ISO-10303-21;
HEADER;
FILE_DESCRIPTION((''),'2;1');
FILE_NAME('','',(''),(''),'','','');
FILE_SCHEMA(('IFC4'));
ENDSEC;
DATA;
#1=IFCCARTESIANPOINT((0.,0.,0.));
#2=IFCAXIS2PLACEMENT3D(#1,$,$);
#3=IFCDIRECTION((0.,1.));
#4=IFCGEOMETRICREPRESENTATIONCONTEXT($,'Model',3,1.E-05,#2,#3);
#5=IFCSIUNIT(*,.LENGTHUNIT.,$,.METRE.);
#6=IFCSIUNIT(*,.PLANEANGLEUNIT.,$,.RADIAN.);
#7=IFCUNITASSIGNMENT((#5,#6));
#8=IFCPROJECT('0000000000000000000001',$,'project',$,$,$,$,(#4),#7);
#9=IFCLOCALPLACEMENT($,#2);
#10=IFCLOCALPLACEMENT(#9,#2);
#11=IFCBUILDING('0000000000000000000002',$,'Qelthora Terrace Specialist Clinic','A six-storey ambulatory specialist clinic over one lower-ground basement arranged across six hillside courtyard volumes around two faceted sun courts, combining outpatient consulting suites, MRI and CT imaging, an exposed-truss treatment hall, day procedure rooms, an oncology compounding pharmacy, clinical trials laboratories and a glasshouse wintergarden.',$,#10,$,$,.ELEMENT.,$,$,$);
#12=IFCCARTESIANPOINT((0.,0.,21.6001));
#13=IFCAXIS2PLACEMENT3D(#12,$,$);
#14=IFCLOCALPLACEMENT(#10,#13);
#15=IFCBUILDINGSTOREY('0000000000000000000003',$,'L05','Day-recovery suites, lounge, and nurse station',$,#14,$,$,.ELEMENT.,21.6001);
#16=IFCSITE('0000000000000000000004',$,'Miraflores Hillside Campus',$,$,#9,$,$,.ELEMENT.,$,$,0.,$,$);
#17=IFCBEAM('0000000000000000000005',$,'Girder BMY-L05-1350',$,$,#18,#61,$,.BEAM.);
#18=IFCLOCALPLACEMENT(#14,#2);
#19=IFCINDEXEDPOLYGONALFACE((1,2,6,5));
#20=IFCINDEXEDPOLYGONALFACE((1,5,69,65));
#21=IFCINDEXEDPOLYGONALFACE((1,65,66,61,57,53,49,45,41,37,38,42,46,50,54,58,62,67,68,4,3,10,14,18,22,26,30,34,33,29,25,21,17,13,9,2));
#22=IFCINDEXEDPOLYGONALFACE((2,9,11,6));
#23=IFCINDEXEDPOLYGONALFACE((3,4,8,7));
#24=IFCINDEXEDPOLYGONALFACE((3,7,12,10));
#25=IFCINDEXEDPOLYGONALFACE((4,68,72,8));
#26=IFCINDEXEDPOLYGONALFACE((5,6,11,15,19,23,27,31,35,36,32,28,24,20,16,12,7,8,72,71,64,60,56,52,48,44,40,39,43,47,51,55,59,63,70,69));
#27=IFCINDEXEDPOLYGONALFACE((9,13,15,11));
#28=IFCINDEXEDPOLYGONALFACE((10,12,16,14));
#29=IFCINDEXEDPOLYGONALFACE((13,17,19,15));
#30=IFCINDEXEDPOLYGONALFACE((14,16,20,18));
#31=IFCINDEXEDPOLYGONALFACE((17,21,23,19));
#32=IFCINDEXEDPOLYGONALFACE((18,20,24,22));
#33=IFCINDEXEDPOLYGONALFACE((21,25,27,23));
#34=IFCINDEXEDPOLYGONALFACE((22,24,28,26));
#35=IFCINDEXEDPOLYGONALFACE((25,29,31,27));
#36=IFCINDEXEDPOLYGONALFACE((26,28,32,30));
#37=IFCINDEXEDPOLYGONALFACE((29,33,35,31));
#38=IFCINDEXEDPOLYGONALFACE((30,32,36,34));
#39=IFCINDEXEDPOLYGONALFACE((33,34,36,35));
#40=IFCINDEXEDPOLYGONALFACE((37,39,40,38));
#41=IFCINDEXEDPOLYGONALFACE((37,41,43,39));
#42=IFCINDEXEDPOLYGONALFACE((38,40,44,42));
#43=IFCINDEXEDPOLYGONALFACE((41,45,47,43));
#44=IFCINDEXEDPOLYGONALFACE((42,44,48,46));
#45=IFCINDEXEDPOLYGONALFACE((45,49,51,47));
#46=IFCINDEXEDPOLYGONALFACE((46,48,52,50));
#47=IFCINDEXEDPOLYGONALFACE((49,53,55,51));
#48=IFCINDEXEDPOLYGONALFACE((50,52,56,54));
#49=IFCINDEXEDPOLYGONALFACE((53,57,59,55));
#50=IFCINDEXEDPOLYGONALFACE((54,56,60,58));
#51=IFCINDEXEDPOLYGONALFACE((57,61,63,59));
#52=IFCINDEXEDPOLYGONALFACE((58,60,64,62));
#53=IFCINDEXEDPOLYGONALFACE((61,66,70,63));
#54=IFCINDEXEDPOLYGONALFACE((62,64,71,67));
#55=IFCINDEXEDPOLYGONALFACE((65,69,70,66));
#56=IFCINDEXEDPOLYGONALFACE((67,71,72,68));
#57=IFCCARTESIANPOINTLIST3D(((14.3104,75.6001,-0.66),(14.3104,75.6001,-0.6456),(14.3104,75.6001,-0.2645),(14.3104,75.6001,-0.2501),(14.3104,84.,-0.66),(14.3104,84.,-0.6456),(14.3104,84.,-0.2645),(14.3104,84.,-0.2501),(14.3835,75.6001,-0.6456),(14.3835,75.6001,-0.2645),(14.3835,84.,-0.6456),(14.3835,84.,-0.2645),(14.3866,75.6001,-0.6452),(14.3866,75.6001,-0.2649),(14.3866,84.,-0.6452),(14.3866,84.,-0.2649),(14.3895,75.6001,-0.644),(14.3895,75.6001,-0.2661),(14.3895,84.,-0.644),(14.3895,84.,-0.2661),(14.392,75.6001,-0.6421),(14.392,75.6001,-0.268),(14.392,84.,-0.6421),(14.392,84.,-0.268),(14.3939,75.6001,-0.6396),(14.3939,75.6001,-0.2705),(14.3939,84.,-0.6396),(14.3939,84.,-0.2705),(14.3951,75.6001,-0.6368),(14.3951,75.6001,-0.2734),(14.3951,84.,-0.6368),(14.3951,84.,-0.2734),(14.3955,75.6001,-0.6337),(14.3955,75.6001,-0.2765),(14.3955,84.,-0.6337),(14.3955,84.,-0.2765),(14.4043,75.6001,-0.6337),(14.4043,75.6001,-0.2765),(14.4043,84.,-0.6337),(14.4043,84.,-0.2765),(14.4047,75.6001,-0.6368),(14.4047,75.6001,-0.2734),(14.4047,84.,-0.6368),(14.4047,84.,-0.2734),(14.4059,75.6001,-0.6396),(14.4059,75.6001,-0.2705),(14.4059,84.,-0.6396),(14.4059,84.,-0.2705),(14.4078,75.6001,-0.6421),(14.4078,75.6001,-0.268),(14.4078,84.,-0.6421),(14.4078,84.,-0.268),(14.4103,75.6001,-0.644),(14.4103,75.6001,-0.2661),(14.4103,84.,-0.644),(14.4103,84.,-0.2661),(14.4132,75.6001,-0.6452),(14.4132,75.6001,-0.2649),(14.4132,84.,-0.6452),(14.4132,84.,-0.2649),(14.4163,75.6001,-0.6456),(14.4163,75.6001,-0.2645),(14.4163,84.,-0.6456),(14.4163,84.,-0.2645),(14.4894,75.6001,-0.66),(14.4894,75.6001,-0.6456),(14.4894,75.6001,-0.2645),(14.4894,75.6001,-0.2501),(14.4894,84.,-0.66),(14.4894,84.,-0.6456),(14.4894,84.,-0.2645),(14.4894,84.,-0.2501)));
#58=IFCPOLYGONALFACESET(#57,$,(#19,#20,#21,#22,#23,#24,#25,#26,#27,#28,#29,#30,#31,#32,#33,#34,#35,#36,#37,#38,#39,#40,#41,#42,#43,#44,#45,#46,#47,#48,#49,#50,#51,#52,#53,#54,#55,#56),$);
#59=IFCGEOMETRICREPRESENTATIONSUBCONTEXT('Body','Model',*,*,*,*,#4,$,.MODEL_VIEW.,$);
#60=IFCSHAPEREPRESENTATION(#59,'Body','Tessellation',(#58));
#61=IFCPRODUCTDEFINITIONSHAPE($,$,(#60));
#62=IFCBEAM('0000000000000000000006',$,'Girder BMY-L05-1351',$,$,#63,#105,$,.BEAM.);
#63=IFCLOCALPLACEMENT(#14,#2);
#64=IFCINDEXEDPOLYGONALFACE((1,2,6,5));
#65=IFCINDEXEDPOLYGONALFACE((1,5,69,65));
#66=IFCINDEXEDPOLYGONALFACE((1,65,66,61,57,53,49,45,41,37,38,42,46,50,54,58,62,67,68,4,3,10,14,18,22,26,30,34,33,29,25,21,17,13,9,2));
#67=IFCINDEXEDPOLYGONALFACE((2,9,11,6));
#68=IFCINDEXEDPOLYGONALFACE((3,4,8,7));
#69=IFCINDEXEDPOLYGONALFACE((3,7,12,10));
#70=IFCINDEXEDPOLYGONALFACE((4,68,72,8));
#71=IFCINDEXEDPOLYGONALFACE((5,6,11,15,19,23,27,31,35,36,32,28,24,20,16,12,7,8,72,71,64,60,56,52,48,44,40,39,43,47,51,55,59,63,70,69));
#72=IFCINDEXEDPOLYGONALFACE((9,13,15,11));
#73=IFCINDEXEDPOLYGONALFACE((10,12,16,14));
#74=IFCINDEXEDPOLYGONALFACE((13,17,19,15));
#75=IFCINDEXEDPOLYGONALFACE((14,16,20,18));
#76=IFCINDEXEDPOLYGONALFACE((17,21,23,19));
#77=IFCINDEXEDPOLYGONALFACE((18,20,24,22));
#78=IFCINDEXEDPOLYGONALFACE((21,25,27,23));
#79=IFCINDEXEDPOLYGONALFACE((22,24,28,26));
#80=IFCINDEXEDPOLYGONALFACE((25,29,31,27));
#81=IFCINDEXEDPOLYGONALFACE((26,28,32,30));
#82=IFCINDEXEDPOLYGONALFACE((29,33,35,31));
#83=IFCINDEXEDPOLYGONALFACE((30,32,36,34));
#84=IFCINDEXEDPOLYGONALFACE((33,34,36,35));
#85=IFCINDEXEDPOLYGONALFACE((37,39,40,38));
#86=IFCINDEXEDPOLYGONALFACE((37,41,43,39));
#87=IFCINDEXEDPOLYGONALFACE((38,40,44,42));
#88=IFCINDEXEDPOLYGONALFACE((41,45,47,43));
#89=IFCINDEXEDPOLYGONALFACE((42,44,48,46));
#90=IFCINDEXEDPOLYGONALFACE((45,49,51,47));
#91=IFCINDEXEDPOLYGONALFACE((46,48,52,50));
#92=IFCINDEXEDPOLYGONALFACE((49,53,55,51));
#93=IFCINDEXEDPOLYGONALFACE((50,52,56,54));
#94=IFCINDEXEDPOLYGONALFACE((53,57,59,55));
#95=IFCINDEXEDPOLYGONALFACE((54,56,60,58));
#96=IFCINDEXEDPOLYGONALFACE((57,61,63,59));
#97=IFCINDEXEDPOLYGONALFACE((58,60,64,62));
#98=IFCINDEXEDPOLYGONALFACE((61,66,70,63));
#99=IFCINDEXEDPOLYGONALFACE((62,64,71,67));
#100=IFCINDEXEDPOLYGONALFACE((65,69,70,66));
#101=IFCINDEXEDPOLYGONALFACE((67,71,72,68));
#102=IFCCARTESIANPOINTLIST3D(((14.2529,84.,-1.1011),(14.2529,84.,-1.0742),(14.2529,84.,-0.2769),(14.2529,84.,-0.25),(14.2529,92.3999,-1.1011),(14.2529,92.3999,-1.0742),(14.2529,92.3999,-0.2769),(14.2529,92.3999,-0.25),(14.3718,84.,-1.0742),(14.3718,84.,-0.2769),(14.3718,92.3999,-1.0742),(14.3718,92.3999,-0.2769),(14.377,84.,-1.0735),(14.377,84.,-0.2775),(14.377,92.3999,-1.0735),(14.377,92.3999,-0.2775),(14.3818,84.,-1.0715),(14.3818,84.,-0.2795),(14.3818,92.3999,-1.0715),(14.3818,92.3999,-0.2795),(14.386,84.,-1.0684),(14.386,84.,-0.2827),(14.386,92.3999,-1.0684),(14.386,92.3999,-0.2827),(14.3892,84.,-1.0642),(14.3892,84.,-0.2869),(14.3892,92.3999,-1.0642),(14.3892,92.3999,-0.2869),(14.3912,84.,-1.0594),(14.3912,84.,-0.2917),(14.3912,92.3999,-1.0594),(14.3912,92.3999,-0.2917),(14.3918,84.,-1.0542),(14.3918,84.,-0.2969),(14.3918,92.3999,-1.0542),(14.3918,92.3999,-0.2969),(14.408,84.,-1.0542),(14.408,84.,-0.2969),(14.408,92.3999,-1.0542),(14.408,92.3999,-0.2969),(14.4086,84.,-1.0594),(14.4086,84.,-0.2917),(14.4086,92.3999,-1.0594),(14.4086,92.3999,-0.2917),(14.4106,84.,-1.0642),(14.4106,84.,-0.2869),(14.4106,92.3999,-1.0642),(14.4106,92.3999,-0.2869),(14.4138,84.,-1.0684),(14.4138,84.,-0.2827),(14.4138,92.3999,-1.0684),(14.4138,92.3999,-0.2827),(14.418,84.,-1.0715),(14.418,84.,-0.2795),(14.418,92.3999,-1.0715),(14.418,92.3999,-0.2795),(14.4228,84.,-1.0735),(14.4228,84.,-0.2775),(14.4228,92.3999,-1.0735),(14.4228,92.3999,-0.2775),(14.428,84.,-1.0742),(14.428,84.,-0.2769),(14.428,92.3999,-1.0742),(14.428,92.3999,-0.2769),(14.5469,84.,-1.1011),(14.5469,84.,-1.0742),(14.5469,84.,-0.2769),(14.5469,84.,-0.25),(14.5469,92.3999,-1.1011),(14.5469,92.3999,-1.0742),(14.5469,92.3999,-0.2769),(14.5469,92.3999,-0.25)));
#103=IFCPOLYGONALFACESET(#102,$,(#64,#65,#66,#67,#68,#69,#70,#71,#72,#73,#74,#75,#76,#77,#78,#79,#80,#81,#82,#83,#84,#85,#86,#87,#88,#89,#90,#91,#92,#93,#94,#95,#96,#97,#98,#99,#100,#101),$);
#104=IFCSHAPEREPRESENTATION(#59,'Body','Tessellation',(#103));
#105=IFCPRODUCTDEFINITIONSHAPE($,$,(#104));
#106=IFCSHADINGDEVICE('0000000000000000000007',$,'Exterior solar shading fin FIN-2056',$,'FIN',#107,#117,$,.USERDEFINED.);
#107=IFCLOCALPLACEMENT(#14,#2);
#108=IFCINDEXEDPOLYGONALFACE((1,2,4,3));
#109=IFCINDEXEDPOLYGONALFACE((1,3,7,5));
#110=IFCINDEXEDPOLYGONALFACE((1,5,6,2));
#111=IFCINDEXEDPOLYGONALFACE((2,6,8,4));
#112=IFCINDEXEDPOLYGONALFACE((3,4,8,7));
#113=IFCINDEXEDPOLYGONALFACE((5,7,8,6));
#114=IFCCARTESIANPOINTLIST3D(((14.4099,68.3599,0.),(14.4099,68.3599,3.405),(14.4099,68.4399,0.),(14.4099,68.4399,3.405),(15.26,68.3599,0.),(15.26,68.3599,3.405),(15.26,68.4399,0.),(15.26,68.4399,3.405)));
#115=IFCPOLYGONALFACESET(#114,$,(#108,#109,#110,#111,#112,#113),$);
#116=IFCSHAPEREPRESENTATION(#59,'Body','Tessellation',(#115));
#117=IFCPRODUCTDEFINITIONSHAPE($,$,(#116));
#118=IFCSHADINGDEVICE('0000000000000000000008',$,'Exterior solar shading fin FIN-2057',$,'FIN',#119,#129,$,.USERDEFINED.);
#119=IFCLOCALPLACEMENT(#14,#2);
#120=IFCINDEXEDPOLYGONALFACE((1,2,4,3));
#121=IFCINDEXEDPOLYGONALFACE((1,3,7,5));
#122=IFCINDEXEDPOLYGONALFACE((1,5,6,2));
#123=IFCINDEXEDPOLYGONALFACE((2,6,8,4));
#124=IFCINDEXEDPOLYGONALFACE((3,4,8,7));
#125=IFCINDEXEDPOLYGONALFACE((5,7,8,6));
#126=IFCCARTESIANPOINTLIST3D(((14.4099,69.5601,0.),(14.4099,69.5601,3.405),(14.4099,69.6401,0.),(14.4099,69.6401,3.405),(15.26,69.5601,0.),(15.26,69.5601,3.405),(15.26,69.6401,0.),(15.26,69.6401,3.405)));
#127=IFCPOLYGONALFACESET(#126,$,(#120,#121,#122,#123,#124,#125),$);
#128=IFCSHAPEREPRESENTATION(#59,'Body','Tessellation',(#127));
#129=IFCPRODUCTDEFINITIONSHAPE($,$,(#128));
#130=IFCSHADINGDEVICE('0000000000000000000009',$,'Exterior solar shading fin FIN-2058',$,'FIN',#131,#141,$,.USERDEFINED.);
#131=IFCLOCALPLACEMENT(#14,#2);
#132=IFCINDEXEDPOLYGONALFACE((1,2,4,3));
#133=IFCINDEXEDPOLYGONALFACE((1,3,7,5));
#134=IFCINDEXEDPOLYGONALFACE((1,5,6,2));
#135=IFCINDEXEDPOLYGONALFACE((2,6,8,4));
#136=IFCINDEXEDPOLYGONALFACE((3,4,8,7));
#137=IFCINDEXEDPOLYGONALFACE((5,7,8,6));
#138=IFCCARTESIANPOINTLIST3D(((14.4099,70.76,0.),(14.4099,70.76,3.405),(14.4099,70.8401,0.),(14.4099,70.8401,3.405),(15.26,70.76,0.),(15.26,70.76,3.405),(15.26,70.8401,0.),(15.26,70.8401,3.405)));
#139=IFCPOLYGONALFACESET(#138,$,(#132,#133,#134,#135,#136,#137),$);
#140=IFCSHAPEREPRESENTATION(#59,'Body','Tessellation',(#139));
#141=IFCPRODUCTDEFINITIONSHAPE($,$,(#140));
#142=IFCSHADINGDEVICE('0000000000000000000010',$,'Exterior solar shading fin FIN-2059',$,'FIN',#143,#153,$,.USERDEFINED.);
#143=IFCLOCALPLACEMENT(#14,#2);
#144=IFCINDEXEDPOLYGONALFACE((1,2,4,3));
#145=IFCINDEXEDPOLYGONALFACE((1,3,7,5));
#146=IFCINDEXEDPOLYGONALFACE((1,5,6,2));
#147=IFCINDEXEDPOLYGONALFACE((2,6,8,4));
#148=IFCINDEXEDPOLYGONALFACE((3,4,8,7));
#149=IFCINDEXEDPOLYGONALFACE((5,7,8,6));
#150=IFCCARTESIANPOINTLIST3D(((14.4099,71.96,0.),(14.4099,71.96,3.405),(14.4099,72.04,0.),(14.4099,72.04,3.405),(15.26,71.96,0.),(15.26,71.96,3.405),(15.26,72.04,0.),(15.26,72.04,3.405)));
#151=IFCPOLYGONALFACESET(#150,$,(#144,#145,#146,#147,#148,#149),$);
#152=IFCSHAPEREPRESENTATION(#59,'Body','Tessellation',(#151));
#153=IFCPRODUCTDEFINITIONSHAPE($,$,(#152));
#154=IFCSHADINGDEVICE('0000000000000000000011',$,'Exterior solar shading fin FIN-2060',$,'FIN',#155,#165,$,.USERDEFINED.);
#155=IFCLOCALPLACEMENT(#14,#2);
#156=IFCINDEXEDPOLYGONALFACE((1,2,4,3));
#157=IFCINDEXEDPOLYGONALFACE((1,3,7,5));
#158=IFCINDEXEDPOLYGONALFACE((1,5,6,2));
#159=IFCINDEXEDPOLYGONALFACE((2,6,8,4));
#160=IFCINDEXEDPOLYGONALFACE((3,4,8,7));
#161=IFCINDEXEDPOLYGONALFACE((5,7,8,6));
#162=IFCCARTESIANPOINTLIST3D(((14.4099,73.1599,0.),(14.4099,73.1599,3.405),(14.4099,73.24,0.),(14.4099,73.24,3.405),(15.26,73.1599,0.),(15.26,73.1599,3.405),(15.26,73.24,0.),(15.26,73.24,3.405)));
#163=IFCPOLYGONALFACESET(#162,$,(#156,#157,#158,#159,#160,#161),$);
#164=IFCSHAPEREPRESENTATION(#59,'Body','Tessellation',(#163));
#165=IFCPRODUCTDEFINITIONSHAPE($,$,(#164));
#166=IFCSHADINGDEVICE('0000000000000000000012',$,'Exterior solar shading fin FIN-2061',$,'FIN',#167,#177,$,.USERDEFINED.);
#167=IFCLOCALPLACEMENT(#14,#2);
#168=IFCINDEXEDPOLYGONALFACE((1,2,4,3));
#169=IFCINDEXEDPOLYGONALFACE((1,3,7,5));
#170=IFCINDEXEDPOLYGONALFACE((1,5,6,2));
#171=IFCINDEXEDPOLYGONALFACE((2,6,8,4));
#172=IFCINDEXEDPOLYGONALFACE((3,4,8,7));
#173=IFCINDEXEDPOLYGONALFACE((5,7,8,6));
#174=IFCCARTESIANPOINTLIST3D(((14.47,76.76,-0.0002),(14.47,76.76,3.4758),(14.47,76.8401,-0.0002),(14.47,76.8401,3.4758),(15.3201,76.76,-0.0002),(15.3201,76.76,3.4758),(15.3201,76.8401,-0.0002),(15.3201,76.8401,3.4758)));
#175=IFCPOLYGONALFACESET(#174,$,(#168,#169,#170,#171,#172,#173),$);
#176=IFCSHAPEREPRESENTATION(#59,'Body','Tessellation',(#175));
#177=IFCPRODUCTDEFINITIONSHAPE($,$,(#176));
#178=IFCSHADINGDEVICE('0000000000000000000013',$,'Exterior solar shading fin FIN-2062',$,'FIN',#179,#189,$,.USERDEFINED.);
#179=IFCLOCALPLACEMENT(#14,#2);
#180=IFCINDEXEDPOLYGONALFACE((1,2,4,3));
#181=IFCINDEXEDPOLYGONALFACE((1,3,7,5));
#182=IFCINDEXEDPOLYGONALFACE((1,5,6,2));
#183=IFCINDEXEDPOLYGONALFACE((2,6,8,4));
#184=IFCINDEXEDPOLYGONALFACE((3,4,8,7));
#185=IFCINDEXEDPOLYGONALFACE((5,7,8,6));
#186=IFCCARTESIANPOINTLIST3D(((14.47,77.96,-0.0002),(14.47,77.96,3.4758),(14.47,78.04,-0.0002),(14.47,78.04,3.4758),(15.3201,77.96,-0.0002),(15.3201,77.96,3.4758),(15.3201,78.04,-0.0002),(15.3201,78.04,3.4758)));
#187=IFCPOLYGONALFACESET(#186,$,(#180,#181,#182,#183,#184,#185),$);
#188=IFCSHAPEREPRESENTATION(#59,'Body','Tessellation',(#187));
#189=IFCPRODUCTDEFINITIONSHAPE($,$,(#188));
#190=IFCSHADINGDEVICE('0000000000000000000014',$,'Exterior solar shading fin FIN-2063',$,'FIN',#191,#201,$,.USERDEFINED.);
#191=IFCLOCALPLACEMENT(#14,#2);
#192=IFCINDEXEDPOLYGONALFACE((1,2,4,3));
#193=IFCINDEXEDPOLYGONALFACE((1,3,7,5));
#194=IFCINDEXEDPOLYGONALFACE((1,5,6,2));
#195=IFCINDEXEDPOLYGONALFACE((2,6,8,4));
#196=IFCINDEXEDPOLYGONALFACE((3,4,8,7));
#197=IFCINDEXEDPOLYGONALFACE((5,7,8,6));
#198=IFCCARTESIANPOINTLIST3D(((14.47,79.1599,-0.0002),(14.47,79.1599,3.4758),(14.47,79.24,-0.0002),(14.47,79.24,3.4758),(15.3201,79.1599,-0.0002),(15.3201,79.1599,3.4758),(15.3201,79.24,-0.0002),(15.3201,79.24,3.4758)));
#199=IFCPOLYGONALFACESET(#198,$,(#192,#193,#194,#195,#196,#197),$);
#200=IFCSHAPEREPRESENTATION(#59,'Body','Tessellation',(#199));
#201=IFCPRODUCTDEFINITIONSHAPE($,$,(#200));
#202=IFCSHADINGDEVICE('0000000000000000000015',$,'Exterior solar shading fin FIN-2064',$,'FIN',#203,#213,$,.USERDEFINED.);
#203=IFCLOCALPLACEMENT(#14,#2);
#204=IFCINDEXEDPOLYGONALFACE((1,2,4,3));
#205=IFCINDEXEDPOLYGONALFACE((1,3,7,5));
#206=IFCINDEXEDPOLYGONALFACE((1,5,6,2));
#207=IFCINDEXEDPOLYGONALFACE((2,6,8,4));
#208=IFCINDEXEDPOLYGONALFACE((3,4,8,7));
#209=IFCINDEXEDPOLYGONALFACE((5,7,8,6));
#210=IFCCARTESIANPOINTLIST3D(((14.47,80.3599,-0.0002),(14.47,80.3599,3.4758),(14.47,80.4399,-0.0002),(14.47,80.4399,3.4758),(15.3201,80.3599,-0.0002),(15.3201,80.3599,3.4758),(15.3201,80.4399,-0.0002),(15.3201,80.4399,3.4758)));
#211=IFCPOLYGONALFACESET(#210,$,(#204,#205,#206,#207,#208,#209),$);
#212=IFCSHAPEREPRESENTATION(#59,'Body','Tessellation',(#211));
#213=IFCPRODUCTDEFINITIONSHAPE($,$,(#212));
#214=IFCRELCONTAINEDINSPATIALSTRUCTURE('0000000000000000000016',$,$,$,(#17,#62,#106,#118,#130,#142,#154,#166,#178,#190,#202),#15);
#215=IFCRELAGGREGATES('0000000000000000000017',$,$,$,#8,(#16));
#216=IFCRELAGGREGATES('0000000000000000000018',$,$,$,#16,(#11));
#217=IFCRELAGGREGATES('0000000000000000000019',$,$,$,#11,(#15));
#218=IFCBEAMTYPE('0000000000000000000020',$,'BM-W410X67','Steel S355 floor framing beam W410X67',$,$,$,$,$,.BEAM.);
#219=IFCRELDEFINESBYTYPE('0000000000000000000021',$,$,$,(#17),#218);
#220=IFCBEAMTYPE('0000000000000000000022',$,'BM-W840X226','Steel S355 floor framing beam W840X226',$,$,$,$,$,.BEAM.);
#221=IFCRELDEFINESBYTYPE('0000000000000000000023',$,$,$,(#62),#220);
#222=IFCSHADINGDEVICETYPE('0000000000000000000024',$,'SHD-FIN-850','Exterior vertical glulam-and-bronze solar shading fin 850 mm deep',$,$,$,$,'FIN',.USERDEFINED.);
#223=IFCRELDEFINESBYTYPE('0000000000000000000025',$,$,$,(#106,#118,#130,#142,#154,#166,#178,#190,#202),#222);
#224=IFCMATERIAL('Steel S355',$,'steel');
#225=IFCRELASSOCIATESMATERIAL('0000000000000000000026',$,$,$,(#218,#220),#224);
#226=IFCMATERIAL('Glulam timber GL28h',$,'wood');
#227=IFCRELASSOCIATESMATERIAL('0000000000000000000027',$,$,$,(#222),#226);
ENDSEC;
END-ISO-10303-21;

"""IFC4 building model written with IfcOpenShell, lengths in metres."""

from ifc_helpers import new_model, si_unit, direction, frame, origin, origin_2d, place, context, subcontext, project, spatial, rectangle, i_section, extrude, material, material_profile, profile_set, type_object, element, save


model = new_model("IFC4")

# Units and contexts
model_context = context("Model", 3, precision=1e-05, world=origin(), true_north=direction((0.0, 1.0)))
body_context = subcontext(model_context, "Body", "Model", "MODEL_VIEW")
ifc_project = project(units=[si_unit("LENGTHUNIT", "METRE"), si_unit("PLANEANGLEUNIT", "RADIAN")], contexts=[model_context])

# Site, building, storey
site_placement = place(None, origin())
site = spatial("IfcSite", under=ifc_project, at=site_placement, Name="Miraflores Hillside Campus", CompositionType="ELEMENT", RefElevation=0.0)
building_placement = place(site_placement, origin())
building = spatial("IfcBuilding", under=site, at=building_placement, Name="Qelthora Terrace Specialist Clinic", Description="A six-storey ambulatory specialist clinic over one lower-ground basement arranged across six hillside courtyard volumes around two faceted sun courts, combining outpatient consulting suites, MRI and CT imaging, an exposed-truss treatment hall, day procedure rooms, an oncology compounding pharmacy, clinical trials laboratories and a glasshouse wintergarden.", CompositionType="ELEMENT")
storey_placement = place(building_placement, frame((0.0, 0.0, 21.6001)))
storey = spatial("IfcBuildingStorey", under=building, at=storey_placement, Name="L05", Description="Day-recovery suites, lounge, and nurse station", CompositionType="ELEMENT", Elevation=21.6001)

# Shared definitions
ifc_material_1 = material(Name="Steel S355", Category="steel")

# Beams
ifc_material_profile_1 = material_profile(ifc_material_1, i_section(OverallWidth=0.179, OverallDepth=0.4099, WebThickness=0.0088, FlangeThickness=0.0144, FilletRadius=0.012, at=origin_2d()), Name="W410X67")
ifc_profile_set_1 = profile_set([ifc_material_profile_1], Name="Steel S355")
beam_type_1 = type_object("IfcBeamType", Name="BM-W410X67", Description="Steel S355 floor framing beam W410X67", PredefinedType="BEAM", material=ifc_profile_set_1)
beam_1_placement = place(storey_placement, frame((14.3999, 75.6001, -0.4551), z_axis=(0.0, 1.0, 0.0), x_axis=(-1.0, 0.0, 0.0)))
element("IfcBeam", 1, at=beam_1_placement, inside=storey, type_object=beam_type_1, Name="Girder BMY-L05-1350", PredefinedType="BEAM", context=body_context, shape_type="SweptSolid", body=[
    extrude(i_section(OverallWidth=0.179, OverallDepth=0.4099, WebThickness=0.0088, FlangeThickness=0.0144, FilletRadius=0.012, at=origin_2d()), origin(), (0.0, 0.0, 1.0), 8.3999),
])
ifc_material_profile_2 = material_profile(ifc_material_1, i_section(OverallWidth=0.2939, OverallDepth=0.8511, WebThickness=0.0161, FlangeThickness=0.0269, FilletRadius=0.02, at=origin_2d()), Name="W840X226")
ifc_profile_set_2 = profile_set([ifc_material_profile_2], Name="Steel S355")
beam_type_2 = type_object("IfcBeamType", Name="BM-W840X226", Description="Steel S355 floor framing beam W840X226", PredefinedType="BEAM", material=ifc_profile_set_2)
beam_2_placement = place(storey_placement, frame((14.3999, 84.0, -0.6755), z_axis=(0.0, 1.0, 0.0), x_axis=(-1.0, 0.0, 0.0)))
element("IfcBeam", 2, at=beam_2_placement, inside=storey, type_object=beam_type_2, Name="Girder BMY-L05-1351", PredefinedType="BEAM", context=body_context, shape_type="SweptSolid", body=[
    extrude(i_section(OverallWidth=0.2939, OverallDepth=0.8511, WebThickness=0.0161, FlangeThickness=0.0269, FilletRadius=0.02, at=origin_2d()), origin(), (0.0, 0.0, 1.0), 8.3999),
])

# Shading devices
ifc_material_2 = material(Name="Glulam timber GL28h", Category="wood")
shading_device_type = type_object("IfcShadingDeviceType", Name="SHD-FIN-850", Description="Exterior vertical glulam-and-bronze solar shading fin 850 mm deep", ElementType="FIN", PredefinedType="USERDEFINED", material=ifc_material_2)
for number, where, z_axis, x_axis, name in (
    (3, (14.835, 68.3999, 0.0), (0.0, 0.0, 1.0), (1.0, 0.0, 0.0), "Exterior solar shading fin FIN-2056"),
    (4, (14.835, 69.6001, 0.0), (0.0, 0.0, 1.0), (1.0, 0.0, 0.0), "Exterior solar shading fin FIN-2057"),
    (5, (14.835, 70.8, 0.0), (0.0, 0.0, 1.0), (1.0, 0.0, 0.0), "Exterior solar shading fin FIN-2058"),
    (6, (14.835, 72.0, 0.0), (0.0, 0.0, 1.0), (1.0, 0.0, 0.0), "Exterior solar shading fin FIN-2059"),
    (7, (14.835, 73.2, 0.0), (0.0, 0.0, 1.0), (1.0, 0.0, 0.0), "Exterior solar shading fin FIN-2060"),
):
    element("IfcShadingDevice", number, at=place(storey_placement, frame(where, z_axis=z_axis, x_axis=x_axis)), inside=storey, type_object=shading_device_type, Name=name, ObjectType="FIN", PredefinedType="USERDEFINED", context=body_context, shape_type="SweptSolid", body=[
        extrude(rectangle(XDim=0.8501, YDim=0.0801, at=origin_2d()), origin(), (0.0, 0.0, 1.0), 3.405),
    ])
for number, where, z_axis, x_axis, name in (
    (8, (14.895, 76.8, -0.0002), (0.0, 0.0, 1.0), (1.0, 0.0, 0.0), "Exterior solar shading fin FIN-2061"),
    (9, (14.895, 78.0, -0.0002), (0.0, 0.0, 1.0), (1.0, 0.0, 0.0), "Exterior solar shading fin FIN-2062"),
    (10, (14.895, 79.2, -0.0002), (0.0, 0.0, 1.0), (1.0, 0.0, 0.0), "Exterior solar shading fin FIN-2063"),
    (11, (14.895, 80.3999, -0.0002), (0.0, 0.0, 1.0), (1.0, 0.0, 0.0), "Exterior solar shading fin FIN-2064"),
):
    element("IfcShadingDevice", number, at=place(storey_placement, frame(where, z_axis=z_axis, x_axis=x_axis)), inside=storey, type_object=shading_device_type, Name=name, ObjectType="FIN", PredefinedType="USERDEFINED", context=body_context, shape_type="SweptSolid", body=[
        extrude(rectangle(XDim=0.8501, YDim=0.0801, at=origin_2d()), origin(), (0.0, 0.0, 1.0), 3.4761),
    ])

save(model, "model.ifc")
